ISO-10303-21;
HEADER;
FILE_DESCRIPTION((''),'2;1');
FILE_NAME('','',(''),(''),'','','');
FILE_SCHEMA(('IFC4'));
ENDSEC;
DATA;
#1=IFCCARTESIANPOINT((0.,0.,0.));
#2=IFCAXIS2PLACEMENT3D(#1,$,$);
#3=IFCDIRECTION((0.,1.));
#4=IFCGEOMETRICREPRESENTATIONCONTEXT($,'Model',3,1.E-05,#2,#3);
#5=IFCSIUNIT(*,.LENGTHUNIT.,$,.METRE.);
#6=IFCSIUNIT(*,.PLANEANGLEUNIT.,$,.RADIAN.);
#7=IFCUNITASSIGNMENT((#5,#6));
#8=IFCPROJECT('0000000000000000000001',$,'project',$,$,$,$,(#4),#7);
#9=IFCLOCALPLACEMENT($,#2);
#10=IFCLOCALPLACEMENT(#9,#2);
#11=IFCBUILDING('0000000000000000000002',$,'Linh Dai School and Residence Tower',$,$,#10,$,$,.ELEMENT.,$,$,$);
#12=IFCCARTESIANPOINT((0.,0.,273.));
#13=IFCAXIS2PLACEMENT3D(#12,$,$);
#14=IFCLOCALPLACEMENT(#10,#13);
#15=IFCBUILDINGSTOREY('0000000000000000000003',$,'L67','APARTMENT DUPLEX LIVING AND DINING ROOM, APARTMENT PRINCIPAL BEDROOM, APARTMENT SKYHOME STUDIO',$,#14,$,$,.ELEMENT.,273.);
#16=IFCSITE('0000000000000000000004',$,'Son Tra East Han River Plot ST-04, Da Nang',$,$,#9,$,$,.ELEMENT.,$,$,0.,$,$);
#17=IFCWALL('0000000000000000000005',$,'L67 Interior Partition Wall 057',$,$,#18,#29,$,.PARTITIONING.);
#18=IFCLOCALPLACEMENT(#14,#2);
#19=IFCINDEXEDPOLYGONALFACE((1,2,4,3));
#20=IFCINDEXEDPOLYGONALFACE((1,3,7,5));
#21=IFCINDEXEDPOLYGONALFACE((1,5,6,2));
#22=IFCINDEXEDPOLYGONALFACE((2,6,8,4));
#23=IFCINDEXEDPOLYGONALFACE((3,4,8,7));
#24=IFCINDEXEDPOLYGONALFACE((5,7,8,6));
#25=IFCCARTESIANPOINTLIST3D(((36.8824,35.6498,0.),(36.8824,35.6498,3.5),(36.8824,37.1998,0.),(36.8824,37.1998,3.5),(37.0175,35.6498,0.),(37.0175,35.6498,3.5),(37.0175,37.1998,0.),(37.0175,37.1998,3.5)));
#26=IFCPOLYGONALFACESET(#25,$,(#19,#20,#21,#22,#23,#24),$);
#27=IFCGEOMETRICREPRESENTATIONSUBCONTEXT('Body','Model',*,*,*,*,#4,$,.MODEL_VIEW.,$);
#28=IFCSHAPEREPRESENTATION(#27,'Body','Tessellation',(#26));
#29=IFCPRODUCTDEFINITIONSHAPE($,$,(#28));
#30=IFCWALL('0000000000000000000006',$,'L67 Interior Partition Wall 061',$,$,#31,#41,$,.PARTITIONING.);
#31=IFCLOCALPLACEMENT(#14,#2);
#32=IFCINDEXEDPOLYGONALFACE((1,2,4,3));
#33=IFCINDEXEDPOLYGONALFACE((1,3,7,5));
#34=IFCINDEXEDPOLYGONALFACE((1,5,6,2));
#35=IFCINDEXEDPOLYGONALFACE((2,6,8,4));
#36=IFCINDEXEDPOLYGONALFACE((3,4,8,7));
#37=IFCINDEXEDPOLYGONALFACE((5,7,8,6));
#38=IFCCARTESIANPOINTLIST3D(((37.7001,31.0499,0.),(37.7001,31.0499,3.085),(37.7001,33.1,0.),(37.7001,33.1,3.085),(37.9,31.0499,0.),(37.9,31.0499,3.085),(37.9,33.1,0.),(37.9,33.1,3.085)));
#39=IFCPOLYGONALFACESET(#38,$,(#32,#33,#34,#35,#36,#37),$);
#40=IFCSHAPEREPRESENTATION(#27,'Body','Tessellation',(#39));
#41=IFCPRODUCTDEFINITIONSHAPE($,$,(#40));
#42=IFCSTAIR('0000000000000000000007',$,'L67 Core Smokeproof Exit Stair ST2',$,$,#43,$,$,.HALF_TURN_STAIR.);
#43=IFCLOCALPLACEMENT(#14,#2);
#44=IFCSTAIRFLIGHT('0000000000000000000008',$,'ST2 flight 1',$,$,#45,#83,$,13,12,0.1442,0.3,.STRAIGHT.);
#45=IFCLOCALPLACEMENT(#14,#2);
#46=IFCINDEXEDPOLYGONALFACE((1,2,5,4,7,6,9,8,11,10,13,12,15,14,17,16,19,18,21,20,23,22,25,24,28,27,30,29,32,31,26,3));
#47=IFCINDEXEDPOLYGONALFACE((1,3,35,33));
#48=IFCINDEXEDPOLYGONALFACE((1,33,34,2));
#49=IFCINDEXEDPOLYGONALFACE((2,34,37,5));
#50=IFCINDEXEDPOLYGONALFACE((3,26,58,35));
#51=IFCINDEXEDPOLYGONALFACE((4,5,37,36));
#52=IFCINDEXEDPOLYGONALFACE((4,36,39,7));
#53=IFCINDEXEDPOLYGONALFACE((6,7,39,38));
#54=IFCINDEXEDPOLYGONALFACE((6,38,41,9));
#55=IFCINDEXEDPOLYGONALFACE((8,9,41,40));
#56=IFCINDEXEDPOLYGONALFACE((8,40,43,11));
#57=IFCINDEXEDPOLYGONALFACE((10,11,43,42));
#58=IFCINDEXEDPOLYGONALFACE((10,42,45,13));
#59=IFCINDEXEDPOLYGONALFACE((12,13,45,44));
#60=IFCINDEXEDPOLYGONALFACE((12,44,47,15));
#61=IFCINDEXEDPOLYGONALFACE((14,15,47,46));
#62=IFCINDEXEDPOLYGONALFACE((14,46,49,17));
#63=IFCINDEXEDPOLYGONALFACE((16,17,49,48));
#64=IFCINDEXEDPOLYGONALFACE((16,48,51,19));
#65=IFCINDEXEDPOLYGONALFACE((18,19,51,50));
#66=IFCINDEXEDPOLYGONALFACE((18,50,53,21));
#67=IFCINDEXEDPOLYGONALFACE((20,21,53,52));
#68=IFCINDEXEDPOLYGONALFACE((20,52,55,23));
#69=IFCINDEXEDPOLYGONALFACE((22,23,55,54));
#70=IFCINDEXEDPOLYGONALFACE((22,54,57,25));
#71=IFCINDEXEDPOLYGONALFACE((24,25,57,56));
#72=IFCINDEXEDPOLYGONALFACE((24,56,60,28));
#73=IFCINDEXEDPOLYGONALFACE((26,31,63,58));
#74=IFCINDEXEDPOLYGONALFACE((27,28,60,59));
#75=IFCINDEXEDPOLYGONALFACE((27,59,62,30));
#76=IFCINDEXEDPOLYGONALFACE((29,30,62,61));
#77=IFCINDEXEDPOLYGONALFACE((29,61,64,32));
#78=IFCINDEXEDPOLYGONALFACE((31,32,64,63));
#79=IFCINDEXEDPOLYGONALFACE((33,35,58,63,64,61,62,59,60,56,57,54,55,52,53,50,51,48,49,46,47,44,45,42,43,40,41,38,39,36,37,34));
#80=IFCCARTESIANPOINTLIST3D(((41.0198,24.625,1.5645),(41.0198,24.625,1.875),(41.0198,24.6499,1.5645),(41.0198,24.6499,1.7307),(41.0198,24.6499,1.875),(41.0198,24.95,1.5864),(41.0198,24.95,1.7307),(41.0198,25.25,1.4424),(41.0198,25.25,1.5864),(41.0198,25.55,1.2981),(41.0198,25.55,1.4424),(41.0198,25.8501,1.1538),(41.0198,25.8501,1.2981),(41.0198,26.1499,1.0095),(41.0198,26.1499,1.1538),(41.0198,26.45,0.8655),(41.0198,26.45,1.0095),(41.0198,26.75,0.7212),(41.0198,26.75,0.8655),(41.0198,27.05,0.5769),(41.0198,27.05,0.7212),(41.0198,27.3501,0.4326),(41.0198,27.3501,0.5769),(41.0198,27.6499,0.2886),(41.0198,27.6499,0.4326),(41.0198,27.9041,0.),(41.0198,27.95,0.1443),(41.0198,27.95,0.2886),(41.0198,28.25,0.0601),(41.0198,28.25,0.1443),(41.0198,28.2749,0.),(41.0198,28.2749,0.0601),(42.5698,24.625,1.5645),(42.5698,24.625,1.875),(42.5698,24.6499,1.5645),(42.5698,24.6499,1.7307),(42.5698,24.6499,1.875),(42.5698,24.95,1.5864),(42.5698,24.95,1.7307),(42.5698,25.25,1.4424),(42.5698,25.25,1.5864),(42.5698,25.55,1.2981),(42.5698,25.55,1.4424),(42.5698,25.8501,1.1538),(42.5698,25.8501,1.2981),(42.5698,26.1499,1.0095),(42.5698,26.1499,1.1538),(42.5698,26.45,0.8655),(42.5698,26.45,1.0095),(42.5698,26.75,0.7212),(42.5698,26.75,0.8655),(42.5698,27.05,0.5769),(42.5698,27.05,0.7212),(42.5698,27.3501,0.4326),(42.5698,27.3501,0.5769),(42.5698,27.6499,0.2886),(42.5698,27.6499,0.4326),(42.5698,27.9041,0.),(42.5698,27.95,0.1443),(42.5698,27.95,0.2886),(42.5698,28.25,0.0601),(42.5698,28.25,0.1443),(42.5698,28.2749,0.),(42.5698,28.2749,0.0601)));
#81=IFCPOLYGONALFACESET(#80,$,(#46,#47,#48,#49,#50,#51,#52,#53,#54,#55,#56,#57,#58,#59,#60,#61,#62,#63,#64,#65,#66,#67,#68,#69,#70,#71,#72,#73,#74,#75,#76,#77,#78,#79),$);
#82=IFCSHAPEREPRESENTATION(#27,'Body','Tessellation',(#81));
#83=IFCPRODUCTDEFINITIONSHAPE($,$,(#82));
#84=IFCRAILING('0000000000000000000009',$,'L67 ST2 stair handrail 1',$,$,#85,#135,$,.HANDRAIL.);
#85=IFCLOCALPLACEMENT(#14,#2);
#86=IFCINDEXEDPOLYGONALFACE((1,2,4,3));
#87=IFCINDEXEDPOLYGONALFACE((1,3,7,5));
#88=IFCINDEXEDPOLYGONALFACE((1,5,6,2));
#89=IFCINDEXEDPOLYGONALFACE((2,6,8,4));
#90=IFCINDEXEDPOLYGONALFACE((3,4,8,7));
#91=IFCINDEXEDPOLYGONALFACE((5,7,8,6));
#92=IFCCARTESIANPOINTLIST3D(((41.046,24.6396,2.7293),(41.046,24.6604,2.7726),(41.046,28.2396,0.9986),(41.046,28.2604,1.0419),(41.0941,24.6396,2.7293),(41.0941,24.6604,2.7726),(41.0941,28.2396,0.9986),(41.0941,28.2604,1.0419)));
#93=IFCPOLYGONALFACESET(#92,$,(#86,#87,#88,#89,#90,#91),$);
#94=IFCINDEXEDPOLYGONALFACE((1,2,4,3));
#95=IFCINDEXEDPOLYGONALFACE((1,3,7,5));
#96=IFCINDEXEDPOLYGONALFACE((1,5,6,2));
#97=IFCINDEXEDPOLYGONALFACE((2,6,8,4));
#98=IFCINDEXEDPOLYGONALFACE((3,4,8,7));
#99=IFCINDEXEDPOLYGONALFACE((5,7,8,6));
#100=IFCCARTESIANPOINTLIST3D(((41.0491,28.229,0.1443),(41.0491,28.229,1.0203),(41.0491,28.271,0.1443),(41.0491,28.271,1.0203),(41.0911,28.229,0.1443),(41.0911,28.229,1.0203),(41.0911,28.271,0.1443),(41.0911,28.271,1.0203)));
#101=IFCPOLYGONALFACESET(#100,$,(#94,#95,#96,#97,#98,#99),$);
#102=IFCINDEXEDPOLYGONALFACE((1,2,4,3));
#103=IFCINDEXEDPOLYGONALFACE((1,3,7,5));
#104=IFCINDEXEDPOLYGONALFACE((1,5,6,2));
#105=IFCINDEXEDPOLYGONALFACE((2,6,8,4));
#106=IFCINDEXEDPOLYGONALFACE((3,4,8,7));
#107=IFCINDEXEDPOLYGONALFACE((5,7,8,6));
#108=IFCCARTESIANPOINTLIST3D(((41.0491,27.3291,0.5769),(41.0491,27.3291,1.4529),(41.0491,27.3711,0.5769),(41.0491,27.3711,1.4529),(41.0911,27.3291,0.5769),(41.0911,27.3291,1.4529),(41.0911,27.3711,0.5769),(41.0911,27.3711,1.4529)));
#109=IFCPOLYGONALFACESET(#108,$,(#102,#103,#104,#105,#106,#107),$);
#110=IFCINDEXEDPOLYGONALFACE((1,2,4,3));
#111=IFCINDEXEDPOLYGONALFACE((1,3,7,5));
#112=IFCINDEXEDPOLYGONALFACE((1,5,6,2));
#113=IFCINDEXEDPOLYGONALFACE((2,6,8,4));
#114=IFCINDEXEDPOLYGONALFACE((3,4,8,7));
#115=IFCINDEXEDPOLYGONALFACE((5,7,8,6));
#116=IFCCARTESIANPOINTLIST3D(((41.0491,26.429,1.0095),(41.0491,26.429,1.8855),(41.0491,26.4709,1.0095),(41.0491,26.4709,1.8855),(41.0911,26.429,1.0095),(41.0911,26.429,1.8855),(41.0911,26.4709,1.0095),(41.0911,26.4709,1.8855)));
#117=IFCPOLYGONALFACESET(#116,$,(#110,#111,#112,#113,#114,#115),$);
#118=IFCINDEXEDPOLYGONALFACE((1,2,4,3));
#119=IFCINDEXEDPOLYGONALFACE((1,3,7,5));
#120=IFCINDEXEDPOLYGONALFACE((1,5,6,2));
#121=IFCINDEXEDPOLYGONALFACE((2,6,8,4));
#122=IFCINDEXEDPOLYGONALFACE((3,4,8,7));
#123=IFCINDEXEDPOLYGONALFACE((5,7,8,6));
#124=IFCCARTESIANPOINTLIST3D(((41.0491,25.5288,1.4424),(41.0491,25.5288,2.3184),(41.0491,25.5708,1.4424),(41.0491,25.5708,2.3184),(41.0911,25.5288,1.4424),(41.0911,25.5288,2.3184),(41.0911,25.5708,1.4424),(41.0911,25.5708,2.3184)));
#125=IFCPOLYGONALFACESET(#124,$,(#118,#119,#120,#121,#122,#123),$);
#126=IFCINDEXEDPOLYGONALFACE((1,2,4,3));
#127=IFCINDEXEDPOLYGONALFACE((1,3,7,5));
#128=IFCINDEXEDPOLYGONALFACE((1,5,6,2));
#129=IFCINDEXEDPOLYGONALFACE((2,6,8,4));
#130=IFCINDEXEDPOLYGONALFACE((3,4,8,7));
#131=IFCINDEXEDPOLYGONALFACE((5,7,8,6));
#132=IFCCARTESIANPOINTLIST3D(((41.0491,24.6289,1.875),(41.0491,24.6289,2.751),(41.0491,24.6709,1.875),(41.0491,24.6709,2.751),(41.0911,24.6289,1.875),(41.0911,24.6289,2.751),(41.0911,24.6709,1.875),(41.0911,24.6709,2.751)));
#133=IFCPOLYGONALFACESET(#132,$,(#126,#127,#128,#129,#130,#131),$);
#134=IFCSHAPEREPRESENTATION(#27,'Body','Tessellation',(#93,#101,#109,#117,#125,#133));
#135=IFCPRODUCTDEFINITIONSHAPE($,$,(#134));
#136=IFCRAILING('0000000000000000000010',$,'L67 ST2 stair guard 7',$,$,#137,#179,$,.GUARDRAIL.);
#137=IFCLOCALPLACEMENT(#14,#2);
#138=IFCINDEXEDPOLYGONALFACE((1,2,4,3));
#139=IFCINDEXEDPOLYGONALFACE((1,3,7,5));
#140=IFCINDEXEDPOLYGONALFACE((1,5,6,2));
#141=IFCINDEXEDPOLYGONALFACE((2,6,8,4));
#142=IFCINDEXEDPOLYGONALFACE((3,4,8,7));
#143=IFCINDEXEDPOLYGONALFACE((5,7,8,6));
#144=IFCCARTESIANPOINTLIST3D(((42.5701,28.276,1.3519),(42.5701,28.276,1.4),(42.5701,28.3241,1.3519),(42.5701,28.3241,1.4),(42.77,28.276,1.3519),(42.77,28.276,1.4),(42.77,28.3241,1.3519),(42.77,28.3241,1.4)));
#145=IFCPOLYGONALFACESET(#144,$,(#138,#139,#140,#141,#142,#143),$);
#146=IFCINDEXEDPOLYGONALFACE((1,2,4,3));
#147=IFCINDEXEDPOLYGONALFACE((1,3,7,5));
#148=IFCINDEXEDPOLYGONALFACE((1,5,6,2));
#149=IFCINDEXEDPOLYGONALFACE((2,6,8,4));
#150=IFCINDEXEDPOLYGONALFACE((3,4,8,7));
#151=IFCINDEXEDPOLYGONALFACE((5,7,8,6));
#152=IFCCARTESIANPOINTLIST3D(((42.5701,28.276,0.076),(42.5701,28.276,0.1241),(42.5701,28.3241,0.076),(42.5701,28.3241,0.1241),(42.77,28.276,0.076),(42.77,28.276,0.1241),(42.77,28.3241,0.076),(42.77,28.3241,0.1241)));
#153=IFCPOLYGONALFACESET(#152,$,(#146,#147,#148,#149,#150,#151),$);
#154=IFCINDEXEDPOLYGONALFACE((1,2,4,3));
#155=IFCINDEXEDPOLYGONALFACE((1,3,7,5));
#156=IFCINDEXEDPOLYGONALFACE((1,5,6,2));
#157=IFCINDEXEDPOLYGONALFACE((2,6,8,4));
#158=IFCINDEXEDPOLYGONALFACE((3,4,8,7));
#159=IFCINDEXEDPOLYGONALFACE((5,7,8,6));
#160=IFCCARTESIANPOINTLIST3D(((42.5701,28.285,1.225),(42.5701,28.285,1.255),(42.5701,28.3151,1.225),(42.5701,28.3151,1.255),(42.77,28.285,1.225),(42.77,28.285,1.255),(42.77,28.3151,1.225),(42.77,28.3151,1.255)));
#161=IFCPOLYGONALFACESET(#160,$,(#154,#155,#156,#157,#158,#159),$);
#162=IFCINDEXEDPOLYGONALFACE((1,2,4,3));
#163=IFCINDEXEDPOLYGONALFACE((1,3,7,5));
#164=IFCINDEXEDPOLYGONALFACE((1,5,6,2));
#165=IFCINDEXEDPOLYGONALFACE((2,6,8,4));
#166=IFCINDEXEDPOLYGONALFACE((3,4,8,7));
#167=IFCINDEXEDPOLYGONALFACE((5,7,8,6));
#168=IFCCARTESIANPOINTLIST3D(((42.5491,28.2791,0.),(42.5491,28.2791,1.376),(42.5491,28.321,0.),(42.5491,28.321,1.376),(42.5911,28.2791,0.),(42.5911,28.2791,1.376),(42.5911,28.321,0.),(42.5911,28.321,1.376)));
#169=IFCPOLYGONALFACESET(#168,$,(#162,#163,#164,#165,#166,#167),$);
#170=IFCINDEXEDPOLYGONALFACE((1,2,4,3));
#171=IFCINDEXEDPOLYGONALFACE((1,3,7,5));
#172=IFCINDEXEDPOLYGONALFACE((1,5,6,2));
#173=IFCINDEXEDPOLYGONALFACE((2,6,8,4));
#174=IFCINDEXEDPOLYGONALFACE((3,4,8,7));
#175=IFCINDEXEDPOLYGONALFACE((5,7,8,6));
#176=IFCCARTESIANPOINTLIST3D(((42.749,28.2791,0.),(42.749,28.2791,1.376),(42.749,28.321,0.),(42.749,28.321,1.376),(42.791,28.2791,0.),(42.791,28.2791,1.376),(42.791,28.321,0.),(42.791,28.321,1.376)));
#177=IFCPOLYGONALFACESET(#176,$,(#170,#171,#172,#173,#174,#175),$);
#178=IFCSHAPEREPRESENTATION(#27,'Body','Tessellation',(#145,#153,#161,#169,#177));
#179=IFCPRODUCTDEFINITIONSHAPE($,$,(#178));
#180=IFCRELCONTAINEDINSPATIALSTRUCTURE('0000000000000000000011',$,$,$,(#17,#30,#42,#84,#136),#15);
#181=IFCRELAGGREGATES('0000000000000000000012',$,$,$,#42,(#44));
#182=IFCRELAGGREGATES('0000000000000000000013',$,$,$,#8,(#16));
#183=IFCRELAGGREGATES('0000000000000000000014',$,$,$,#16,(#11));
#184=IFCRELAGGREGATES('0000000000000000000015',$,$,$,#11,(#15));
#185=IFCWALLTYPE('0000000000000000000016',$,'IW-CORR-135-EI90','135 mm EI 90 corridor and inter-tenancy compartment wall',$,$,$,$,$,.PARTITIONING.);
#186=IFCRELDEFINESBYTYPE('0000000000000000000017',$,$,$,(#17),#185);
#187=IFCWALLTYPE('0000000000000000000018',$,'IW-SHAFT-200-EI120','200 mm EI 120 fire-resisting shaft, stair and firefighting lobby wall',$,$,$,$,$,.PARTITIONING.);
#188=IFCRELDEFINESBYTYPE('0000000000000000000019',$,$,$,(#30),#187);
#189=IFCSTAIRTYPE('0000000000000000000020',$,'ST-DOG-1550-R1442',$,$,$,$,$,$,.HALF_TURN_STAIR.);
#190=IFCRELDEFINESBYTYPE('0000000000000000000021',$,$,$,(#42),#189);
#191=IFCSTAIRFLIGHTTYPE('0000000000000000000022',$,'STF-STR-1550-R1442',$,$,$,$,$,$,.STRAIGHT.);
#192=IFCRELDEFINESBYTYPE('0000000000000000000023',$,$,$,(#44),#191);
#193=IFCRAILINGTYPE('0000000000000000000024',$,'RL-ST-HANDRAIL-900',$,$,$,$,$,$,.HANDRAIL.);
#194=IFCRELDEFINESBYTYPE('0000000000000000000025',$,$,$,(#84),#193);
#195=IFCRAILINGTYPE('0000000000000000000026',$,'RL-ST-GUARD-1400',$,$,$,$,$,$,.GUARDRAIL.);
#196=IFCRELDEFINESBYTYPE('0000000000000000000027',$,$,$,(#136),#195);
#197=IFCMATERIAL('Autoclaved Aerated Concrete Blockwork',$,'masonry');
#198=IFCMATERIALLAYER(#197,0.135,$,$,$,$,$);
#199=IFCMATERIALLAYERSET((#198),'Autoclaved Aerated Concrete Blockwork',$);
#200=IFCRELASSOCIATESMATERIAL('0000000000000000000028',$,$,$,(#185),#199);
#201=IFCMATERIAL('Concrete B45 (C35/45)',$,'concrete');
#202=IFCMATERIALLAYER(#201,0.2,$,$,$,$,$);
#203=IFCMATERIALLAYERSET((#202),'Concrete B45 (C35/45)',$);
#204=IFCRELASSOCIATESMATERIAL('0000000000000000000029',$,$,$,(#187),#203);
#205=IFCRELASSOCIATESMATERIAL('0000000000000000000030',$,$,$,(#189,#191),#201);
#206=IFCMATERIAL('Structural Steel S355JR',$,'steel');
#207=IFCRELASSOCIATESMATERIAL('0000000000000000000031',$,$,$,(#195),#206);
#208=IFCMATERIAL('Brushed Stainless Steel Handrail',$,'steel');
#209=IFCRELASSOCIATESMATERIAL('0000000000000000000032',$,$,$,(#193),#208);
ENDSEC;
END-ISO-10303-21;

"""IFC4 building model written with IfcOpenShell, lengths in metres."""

from ifc_helpers import new_model, si_unit, direction, frame, frame_2d, origin, origin_2d, place, context, subcontext, project, spatial, polyline, rectangle, outline, extrude, source, transform, mapped, material, layer, layer_set, type_object, element, aggregate, save


model = new_model("IFC4")

# Units and contexts
model_context = context("Model", 3, precision=1e-05, world=origin(), true_north=direction((0.0, 1.0)))
body_context = subcontext(model_context, "Body", "Model", "MODEL_VIEW")
ifc_project = project(units=[si_unit("LENGTHUNIT", "METRE"), si_unit("PLANEANGLEUNIT", "RADIAN")], contexts=[model_context])

# Site, building, storey
site_placement = place(None, origin())
site = spatial("IfcSite", under=ifc_project, at=site_placement, Name="Son Tra East Han River Plot ST-04, Da Nang", CompositionType="ELEMENT", RefElevation=0.0)
building_placement = place(site_placement, origin())
building = spatial("IfcBuilding", under=site, at=building_placement, Name="Linh Dai School and Residence Tower", CompositionType="ELEMENT")
storey_placement = place(building_placement, frame((0.0, 0.0, 273.0)))
storey = spatial("IfcBuildingStorey", under=building, at=storey_placement, Name="L67", Description="APARTMENT DUPLEX LIVING AND DINING ROOM, APARTMENT PRINCIPAL BEDROOM, APARTMENT SKYHOME STUDIO", CompositionType="ELEMENT", Elevation=273.0)

# Shared definitions
ifc_material_1 = material(Name="Structural Steel S355JR", Category="steel")

# Walls
ifc_material_2 = material(Name="Autoclaved Aerated Concrete Blockwork", Category="masonry")
ifc_layer_1 = layer(ifc_material_2, 0.135)
ifc_layer_set_1 = layer_set([ifc_layer_1], Name="Autoclaved Aerated Concrete Blockwork")
wall_type_1 = type_object("IfcWallType", Name="IW-CORR-135-EI90", Description="135 mm EI 90 corridor and inter-tenancy compartment wall", PredefinedType="PARTITIONING", material=ifc_layer_set_1)
wall_1_placement = place(storey_placement, frame((36.95, 35.6499, 0.0), z_axis=(0.0, 0.0, 1.0), x_axis=(0.0, 1.0, 0.0)))
element("IfcWall", 1, at=wall_1_placement, inside=storey, type_object=wall_type_1, Name="L67 Interior Partition Wall 057", PredefinedType="PARTITIONING", context=body_context, shape_type="SweptSolid", body=[
    extrude(rectangle(XDim=1.55, YDim=0.135, at=frame_2d((0.7749, 0.0))), origin(), (0.0, 0.0, 1.0), 3.5),
])
ifc_material_3 = material(Name="Concrete B45 (C35/45)", Category="concrete")
ifc_layer_2 = layer(ifc_material_3, 0.2)
ifc_layer_set_2 = layer_set([ifc_layer_2], Name="Concrete B45 (C35/45)")
wall_type_2 = type_object("IfcWallType", Name="IW-SHAFT-200-EI120", Description="200 mm EI 120 fire-resisting shaft, stair and firefighting lobby wall", PredefinedType="PARTITIONING", material=ifc_layer_set_2)
wall_2_placement = place(storey_placement, frame((37.8, 31.05, 0.0), z_axis=(0.0, 0.0, 1.0), x_axis=(0.0, 1.0, 0.0)))
element("IfcWall", 2, at=wall_2_placement, inside=storey, type_object=wall_type_2, Name="L67 Interior Partition Wall 061", PredefinedType="PARTITIONING", context=body_context, shape_type="SweptSolid", body=[
    extrude(rectangle(XDim=2.05, YDim=0.2, at=frame_2d((1.0249, 0.0))), origin(), (0.0, 0.0, 1.0), 3.085),
])

# Stair, stair flight
stair_type = type_object("IfcStairType", Name="ST-DOG-1550-R1442", PredefinedType="HALF_TURN_STAIR", material=ifc_material_3)
stair_placement = place(storey_placement, origin())
stair = element("IfcStair", 3, at=stair_placement, inside=storey, type_object=stair_type, Name="L67 Core Smokeproof Exit Stair ST2", PredefinedType="HALF_TURN_STAIR")
stair_flight_type = type_object("IfcStairFlightType", Name="STF-STR-1550-R1442", PredefinedType="STRAIGHT", material=ifc_material_3)
shared_shape_1 = source(origin(), body_context, "Body", "SweptSolid", [
    extrude(outline(polyline([(-0.0249, 0.0), (-0.0249, 0.0601), (0.0, 0.0601), (0.0, 0.1443), (0.3, 0.1443), (0.3, 0.2886), (0.6001, 0.2886), (0.6001, 0.4326), (0.8999, 0.4326), (0.8999, 0.5769), (1.2, 0.5769), (1.2, 0.7212), (1.5, 0.7212), (1.5, 0.8655), (1.8, 0.8655), (1.8, 1.0095), (2.1001, 1.0095), (2.1001, 1.1538), (2.3999, 1.1538), (2.3999, 1.2981), (2.7, 1.2981), (2.7, 1.4424), (3.0, 1.4424), (3.0, 1.5864), (3.3, 1.5864), (3.3, 1.7307), (3.6001, 1.7307), (3.6001, 1.875), (3.625, 1.875), (3.625, 1.5645), (3.6001, 1.5645), (0.3459, 0.0), (-0.0249, 0.0)])), frame((0.0, 0.7749, 0.0), z_axis=(0.0, -1.0, 0.0), x_axis=(1.0, 0.0, 0.0)), (0.0, 0.0, 1.0), 1.55),
])
stair_flight_placement = place(storey_placement, frame((41.7949, 28.25, 0.0), z_axis=(0.0, 0.0, 1.0), x_axis=(0.0, -1.0, 0.0)))
stair_flight = element("IfcStairFlight", 4, at=stair_flight_placement, type_object=stair_flight_type, Name="ST2 flight 1", NumberOfRisers=13, NumberOfTreads=12, PredefinedType="STRAIGHT", RiserHeight=0.1442, TreadLength=0.3, context=body_context, shape_type="MappedRepresentation", body=[
    mapped(shared_shape_1, transform((0.0, 0.0, 0.0), x_axis=(1.0, 0.0, 0.0), y_axis=(0.0, 1.0, 0.0), z_axis=(0.0, 0.0, 1.0), scale=1.0)),
])
aggregate(stair, [stair_flight])

# Railings
railing_type_1 = type_object("IfcRailingType", Name="RL-ST-GUARD-1400", PredefinedType="GUARDRAIL", material=ifc_material_1)
ifc_material_4 = material(Name="Brushed Stainless Steel Handrail", Category="steel")
railing_type_2 = type_object("IfcRailingType", Name="RL-ST-HANDRAIL-900", PredefinedType="HANDRAIL", material=ifc_material_4)
shared_shape_2 = source(origin(), body_context, "Body", "SweptSolid", [
    extrude(rectangle(XDim=0.0481, YDim=0.0481, at=origin_2d()), frame((0.0, 0.0, 0.876), z_axis=(0.0, -0.901263, 0.433273), x_axis=(1.0, 0.0, 0.0)), (0.0, 0.0, 1.0), 3.9944),
    extrude(rectangle(XDim=0.042, YDim=0.042, at=origin_2d()), origin(), (0.0, 0.0, 1.0), 0.876),
    extrude(rectangle(XDim=0.042, YDim=0.042, at=origin_2d()), frame((0.0, -0.8999, 0.4326)), (0.0, 0.0, 1.0), 0.876),
    extrude(rectangle(XDim=0.042, YDim=0.042, at=origin_2d()), frame((0.0, -1.8, 0.8652)), (0.0, 0.0, 1.0), 0.876),
    extrude(rectangle(XDim=0.042, YDim=0.042, at=origin_2d()), frame((0.0, -2.7002, 1.2981)), (0.0, 0.0, 1.0), 0.876),
    extrude(rectangle(XDim=0.042, YDim=0.042, at=origin_2d()), frame((0.0, -3.6001, 1.7307)), (0.0, 0.0, 1.0), 0.876),
])
railing_1_placement = place(storey_placement, frame((41.0701, 28.25, 0.1443)))
element("IfcRailing", 5, at=railing_1_placement, inside=storey, type_object=railing_type_2, Name="L67 ST2 stair handrail 1", PredefinedType="HANDRAIL", context=body_context, shape_type="MappedRepresentation", body=[
    mapped(shared_shape_2, transform((0.0, 0.0, 0.0), x_axis=(1.0, 0.0, 0.0), y_axis=(0.0, 1.0, 0.0), z_axis=(0.0, 0.0, 1.0), scale=1.0)),
])
shared_shape_3 = source(origin(), body_context, "Body", "SweptSolid", [
    extrude(rectangle(XDim=0.0481, YDim=0.0481, at=origin_2d()), frame((0.0, 0.0, 1.376), z_axis=(1.0, 0.0, 0.0), x_axis=(0.0, 1.0, 0.0)), (0.0, 0.0, 1.0), 0.2),
    extrude(rectangle(XDim=0.0481, YDim=0.0481, at=origin_2d()), frame((0.0, 0.0, 0.1001), z_axis=(1.0, 0.0, 0.0), x_axis=(0.0, 1.0, 0.0)), (0.0, 0.0, 1.0), 0.2),
    extrude(rectangle(XDim=0.03, YDim=0.03, at=origin_2d()), frame((0.0, 0.0, 1.24), z_axis=(1.0, 0.0, 0.0), x_axis=(0.0, 1.0, 0.0)), (0.0, 0.0, 1.0), 0.2),
    extrude(rectangle(XDim=0.042, YDim=0.042, at=origin_2d()), origin(), (0.0, 0.0, 1.0), 1.376),
    extrude(rectangle(XDim=0.042, YDim=0.042, at=origin_2d()), frame((0.2, 0.0, 0.0)), (0.0, 0.0, 1.0), 1.376),
])
railing_2_placement = place(storey_placement, frame((42.5701, 28.3, 0.0)))
element("IfcRailing", 6, at=railing_2_placement, inside=storey, type_object=railing_type_1, Name="L67 ST2 stair guard 7", PredefinedType="GUARDRAIL", context=body_context, shape_type="MappedRepresentation", body=[
    mapped(shared_shape_3, transform((0.0, 0.0, 0.0), x_axis=(1.0, 0.0, 0.0), y_axis=(0.0, 1.0, 0.0), z_axis=(0.0, 0.0, 1.0), scale=1.0)),
])

save(model, "model.ifc")
